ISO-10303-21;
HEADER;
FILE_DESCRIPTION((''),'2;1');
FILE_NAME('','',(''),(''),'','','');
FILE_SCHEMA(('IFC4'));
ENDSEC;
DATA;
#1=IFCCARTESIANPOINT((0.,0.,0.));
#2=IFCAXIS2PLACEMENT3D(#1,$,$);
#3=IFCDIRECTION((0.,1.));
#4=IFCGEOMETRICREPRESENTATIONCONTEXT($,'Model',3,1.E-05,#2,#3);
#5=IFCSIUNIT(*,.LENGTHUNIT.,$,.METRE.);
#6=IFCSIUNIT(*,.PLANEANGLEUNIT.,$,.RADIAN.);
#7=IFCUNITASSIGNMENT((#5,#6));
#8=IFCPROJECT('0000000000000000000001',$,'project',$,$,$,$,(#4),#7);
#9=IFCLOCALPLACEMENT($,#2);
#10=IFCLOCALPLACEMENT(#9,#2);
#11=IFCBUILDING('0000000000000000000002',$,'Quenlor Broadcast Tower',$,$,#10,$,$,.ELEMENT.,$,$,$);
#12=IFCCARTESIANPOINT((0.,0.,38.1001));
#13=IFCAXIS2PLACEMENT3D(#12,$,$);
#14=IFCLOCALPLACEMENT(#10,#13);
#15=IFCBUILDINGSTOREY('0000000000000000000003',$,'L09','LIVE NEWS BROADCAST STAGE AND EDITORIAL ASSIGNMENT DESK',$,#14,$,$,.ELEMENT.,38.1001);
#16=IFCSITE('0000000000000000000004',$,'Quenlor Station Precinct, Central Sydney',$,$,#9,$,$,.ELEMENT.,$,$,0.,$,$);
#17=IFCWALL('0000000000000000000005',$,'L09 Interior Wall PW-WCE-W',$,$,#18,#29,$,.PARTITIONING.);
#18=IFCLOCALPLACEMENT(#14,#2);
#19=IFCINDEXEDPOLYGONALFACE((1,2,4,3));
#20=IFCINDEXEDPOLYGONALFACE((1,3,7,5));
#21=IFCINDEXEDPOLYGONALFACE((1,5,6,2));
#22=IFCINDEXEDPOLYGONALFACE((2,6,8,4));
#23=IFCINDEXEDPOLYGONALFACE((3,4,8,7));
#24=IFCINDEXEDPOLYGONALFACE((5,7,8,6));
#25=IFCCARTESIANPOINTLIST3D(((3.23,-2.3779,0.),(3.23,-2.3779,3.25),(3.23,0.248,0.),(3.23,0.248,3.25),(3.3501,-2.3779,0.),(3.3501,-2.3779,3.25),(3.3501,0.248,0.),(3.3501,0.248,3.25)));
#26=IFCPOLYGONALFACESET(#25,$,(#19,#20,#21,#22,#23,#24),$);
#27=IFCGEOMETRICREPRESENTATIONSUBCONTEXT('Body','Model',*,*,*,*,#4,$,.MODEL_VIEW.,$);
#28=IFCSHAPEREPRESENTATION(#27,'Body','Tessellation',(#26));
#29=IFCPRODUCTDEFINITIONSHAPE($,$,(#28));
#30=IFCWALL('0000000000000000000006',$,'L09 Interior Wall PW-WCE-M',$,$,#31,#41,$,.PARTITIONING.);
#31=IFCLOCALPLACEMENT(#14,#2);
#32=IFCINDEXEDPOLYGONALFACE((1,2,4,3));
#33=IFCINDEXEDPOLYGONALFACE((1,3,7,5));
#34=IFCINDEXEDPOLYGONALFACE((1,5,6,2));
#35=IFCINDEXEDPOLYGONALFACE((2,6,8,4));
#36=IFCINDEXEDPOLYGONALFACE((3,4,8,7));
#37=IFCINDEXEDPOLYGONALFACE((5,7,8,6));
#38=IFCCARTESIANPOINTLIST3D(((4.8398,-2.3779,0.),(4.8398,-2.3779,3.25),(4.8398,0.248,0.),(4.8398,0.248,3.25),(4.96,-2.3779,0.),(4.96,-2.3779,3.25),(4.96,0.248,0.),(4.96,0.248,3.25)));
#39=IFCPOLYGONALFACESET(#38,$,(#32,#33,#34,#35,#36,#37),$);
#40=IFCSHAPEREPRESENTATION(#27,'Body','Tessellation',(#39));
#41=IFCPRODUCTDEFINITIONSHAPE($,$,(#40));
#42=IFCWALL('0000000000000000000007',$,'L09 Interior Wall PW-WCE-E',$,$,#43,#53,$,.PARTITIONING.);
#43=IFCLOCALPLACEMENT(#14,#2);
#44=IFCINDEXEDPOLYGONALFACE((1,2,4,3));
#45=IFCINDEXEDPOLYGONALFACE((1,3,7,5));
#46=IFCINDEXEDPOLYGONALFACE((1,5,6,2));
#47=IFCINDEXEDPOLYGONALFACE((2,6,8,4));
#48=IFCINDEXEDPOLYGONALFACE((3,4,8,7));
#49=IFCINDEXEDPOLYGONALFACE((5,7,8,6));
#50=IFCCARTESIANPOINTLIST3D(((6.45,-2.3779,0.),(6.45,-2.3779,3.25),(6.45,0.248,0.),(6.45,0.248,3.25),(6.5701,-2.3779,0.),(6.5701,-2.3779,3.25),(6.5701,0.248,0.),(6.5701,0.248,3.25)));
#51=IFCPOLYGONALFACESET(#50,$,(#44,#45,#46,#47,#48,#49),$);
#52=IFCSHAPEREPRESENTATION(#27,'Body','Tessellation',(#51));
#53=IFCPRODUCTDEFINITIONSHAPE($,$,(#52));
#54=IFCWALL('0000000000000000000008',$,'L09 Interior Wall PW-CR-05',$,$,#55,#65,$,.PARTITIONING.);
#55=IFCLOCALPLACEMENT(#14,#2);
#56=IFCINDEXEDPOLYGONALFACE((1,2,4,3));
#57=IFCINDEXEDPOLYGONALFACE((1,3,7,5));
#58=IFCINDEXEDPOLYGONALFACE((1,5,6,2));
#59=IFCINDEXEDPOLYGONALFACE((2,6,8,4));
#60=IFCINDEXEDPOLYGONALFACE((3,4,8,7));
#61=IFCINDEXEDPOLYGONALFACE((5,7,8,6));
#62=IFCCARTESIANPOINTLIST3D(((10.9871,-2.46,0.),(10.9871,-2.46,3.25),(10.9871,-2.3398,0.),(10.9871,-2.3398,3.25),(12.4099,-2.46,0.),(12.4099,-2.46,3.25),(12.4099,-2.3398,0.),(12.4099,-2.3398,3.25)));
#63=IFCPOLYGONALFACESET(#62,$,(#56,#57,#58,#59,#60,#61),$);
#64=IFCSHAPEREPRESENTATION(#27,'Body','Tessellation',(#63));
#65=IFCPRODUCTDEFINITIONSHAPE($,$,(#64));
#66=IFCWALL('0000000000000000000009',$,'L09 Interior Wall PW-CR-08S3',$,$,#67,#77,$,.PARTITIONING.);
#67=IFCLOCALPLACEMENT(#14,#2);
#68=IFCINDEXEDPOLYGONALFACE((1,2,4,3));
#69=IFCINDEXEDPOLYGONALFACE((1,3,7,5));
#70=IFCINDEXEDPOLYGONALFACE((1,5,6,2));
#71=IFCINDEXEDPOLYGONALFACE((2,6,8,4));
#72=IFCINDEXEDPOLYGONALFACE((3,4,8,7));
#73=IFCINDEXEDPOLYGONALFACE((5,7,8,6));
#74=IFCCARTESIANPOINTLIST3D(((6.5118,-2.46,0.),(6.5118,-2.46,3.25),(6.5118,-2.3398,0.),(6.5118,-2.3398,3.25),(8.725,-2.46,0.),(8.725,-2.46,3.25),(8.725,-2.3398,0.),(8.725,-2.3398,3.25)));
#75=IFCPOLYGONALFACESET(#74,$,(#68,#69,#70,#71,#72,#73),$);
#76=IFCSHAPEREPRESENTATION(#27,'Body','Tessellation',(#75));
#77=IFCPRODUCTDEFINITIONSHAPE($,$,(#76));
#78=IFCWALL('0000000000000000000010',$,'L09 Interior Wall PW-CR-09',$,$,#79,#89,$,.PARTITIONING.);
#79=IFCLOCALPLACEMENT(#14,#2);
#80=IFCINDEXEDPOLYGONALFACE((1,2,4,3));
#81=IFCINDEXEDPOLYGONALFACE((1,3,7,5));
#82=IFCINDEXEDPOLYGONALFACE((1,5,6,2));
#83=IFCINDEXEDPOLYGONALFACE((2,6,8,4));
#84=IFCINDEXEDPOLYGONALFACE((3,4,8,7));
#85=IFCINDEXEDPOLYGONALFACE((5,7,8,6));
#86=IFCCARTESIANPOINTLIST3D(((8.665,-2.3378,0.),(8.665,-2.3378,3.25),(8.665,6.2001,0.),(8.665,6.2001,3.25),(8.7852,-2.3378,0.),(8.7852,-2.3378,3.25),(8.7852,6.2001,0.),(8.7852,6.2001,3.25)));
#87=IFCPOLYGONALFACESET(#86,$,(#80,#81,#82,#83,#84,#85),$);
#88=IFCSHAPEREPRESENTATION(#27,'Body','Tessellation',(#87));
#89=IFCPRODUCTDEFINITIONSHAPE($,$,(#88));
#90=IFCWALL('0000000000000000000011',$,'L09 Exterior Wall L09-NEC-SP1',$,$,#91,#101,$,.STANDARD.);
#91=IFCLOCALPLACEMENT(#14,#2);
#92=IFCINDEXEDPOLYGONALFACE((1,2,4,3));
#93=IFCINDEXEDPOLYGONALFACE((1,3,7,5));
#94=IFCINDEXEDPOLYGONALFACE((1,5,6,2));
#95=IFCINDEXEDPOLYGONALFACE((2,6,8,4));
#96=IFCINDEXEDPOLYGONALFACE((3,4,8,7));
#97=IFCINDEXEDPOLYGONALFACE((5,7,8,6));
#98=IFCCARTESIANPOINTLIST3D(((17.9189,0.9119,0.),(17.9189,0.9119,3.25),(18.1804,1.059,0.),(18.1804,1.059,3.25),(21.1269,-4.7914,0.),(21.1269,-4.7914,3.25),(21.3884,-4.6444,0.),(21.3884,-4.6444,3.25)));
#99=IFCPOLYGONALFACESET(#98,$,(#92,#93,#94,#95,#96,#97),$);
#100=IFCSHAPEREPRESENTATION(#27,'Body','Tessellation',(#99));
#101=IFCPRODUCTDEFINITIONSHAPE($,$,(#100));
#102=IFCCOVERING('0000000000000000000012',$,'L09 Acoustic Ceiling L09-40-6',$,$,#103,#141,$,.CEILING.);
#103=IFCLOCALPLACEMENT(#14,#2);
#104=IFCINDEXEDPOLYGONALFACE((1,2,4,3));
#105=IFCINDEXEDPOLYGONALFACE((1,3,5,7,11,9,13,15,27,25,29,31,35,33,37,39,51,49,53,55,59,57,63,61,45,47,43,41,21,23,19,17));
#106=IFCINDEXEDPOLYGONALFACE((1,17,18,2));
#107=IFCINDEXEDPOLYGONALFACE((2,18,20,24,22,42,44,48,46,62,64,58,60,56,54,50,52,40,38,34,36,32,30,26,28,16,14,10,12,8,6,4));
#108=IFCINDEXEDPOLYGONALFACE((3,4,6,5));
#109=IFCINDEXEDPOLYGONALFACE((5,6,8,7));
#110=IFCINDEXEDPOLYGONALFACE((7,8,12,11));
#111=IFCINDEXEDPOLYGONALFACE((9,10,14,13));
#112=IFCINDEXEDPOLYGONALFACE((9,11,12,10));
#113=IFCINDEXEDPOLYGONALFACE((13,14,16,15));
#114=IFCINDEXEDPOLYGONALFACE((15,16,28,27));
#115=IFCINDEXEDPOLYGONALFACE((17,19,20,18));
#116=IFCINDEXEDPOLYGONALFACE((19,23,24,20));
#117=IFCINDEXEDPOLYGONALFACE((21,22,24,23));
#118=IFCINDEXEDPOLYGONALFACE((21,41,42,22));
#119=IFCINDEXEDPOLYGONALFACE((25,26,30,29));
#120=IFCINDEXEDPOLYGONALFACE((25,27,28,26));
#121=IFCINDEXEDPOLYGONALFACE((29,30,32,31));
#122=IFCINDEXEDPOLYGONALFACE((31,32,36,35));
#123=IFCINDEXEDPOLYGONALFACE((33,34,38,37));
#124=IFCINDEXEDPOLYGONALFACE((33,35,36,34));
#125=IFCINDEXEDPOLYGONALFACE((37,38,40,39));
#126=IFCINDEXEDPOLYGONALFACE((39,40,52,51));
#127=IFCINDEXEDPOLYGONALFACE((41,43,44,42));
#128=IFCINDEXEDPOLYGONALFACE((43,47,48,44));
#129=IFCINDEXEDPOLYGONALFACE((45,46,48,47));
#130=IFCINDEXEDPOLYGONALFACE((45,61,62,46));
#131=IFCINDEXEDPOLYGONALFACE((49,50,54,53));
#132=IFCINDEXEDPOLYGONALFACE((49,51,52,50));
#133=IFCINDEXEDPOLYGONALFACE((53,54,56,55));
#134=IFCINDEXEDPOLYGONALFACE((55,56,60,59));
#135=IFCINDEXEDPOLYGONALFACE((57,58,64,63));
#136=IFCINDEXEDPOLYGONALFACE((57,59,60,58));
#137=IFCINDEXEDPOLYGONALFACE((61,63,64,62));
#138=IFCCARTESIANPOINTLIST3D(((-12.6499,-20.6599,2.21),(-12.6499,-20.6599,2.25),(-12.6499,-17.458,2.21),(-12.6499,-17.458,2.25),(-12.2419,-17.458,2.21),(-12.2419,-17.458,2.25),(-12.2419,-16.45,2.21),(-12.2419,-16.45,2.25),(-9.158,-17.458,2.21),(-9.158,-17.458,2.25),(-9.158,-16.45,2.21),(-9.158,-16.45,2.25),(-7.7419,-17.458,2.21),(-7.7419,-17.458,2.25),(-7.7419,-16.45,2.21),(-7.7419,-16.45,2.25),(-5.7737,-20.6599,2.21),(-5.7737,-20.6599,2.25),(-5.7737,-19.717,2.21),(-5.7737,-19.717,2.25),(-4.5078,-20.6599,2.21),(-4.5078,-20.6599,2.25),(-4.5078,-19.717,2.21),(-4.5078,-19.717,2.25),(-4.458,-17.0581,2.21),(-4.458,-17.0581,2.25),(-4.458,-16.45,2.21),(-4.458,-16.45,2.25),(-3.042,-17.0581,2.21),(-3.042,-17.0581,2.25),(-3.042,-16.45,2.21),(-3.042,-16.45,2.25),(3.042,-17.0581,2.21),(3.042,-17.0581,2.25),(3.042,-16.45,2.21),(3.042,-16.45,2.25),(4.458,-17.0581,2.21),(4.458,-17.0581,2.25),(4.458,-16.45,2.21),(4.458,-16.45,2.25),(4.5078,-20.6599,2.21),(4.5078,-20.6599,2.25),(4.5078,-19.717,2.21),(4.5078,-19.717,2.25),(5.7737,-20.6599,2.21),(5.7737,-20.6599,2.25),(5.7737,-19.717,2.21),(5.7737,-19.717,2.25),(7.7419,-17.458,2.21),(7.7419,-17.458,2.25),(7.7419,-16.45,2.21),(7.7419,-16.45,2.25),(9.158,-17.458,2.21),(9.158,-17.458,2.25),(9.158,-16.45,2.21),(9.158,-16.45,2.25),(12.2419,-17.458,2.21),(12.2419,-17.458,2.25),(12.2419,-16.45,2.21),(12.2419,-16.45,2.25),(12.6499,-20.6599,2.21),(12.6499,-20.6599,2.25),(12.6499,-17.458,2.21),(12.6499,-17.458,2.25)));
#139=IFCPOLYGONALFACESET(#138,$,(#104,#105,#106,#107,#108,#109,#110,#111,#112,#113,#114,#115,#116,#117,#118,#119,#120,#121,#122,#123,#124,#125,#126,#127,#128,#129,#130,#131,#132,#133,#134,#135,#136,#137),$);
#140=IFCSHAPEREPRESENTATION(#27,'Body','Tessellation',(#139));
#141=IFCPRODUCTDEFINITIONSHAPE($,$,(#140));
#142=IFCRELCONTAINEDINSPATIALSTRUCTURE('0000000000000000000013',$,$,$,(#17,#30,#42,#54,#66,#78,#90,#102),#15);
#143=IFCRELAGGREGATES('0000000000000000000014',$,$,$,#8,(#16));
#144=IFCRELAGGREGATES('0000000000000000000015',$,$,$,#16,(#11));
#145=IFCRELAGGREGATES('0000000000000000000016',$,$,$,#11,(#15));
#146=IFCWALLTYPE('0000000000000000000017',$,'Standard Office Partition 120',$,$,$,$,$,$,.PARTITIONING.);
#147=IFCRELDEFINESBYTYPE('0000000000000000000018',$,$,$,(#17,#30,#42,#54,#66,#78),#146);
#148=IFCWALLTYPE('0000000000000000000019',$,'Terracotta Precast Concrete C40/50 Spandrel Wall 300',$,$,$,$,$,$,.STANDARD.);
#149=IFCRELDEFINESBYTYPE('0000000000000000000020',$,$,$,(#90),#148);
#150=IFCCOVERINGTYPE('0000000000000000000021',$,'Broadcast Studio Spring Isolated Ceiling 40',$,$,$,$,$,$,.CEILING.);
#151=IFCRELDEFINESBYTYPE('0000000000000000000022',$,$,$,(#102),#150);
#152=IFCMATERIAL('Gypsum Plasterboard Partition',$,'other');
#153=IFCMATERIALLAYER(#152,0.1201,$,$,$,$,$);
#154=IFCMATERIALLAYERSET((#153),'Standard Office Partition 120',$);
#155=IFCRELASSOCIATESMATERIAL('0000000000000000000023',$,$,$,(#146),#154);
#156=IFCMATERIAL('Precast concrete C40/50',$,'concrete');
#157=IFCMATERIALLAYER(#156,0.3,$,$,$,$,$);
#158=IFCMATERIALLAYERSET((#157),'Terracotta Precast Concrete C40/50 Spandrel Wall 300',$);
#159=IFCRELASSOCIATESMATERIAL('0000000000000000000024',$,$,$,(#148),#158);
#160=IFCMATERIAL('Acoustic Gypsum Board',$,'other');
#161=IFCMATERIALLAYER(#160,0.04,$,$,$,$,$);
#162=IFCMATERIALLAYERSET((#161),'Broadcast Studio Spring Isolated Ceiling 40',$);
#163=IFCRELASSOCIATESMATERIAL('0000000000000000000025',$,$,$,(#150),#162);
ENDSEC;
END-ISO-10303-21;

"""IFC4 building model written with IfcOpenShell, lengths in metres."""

from ifc_helpers import new_model, si_unit, direction, frame, frame_2d, origin, place, context, subcontext, project, spatial, polyline, rectangle, outline, extrude, material, layer, layer_set, type_object, element, save


model = new_model("IFC4")

# Units and contexts
model_context = context("Model", 3, precision=1e-05, world=origin(), true_north=direction((0.0, 1.0)))
body_context = subcontext(model_context, "Body", "Model", "MODEL_VIEW")
ifc_project = project(units=[si_unit("LENGTHUNIT", "METRE"), si_unit("PLANEANGLEUNIT", "RADIAN")], contexts=[model_context])

# Site, building, storey
site_placement = place(None, origin())
site = spatial("IfcSite", under=ifc_project, at=site_placement, Name="Quenlor Station Precinct, Central Sydney", CompositionType="ELEMENT", RefElevation=0.0)
building_placement = place(site_placement, origin())
building = spatial("IfcBuilding", under=site, at=building_placement, Name="Quenlor Broadcast Tower", CompositionType="ELEMENT")
storey_placement = place(building_placement, frame((0.0, 0.0, 38.1001)))
storey = spatial("IfcBuildingStorey", under=building, at=storey_placement, Name="L09", Description="LIVE NEWS BROADCAST STAGE AND EDITORIAL ASSIGNMENT DESK", CompositionType="ELEMENT", Elevation=38.1001)

# Shared definitions
ifc_material_1 = material(Name="Gypsum Plasterboard Partition", Category="other")
ifc_layer_1 = layer(ifc_material_1, 0.1201)
ifc_layer_set_1 = layer_set([ifc_layer_1], Name="Standard Office Partition 120")
wall_type_1 = type_object("IfcWallType", Name="Standard Office Partition 120", PredefinedType="PARTITIONING", material=ifc_layer_set_1)

# Walls
for number, where, z_axis, x_axis, name in (
    (1, (3.29, -2.3779, 0.0), (0.0, 0.0, 1.0), (0.0, 1.0, 0.0), "L09 Interior Wall PW-WCE-W"),
    (2, (4.8999, -2.3779, 0.0), (0.0, 0.0, 1.0), (0.0, 1.0, 0.0), "L09 Interior Wall PW-WCE-M"),
    (3, (6.51, -2.3779, 0.0), (0.0, 0.0, 1.0), (0.0, 1.0, 0.0), "L09 Interior Wall PW-WCE-E"),
):
    element("IfcWall", number, at=place(storey_placement, frame(where, z_axis=z_axis, x_axis=x_axis)), inside=storey, type_object=wall_type_1, Name=name, PredefinedType="PARTITIONING", context=body_context, shape_type="SweptSolid", body=[
        extrude(rectangle(XDim=2.626, YDim=0.1201, at=frame_2d((1.313, 0.0))), origin(), (0.0, 0.0, 1.0), 3.25),
    ])
wall_1_placement = place(storey_placement, frame((10.9871, -2.3999, 0.0), z_axis=(0.0, 0.0, 1.0), x_axis=(1.0, 0.0, 0.0)))
element("IfcWall", 4, at=wall_1_placement, inside=storey, type_object=wall_type_1, Name="L09 Interior Wall PW-CR-05", PredefinedType="PARTITIONING", context=body_context, shape_type="SweptSolid", body=[
    extrude(rectangle(XDim=1.4229, YDim=0.1201, at=frame_2d((0.7114, 0.0))), origin(), (0.0, 0.0, 1.0), 3.25),
])

# Walls
wall_2_placement = place(storey_placement, frame((6.512, -2.3999, 0.0), z_axis=(0.0, 0.0, 1.0), x_axis=(1.0, 0.0, 0.0)))
element("IfcWall", 5, at=wall_2_placement, inside=storey, type_object=wall_type_1, Name="L09 Interior Wall PW-CR-08S3", PredefinedType="PARTITIONING", context=body_context, shape_type="SweptSolid", body=[
    extrude(rectangle(XDim=2.2131, YDim=0.1201, at=frame_2d((1.1064, 0.0))), origin(), (0.0, 0.0, 1.0), 3.25),
])
wall_3_placement = place(storey_placement, frame((8.7251, -2.3379, 0.0), z_axis=(0.0, 0.0, 1.0), x_axis=(0.0, 1.0, 0.0)))
element("IfcWall", 6, at=wall_3_placement, inside=storey, type_object=wall_type_1, Name="L09 Interior Wall PW-CR-09", PredefinedType="PARTITIONING", context=body_context, shape_type="SweptSolid", body=[
    extrude(rectangle(XDim=8.5378, YDim=0.1201, at=frame_2d((4.269, 0.0))), origin(), (0.0, 0.0, 1.0), 3.25),
])
ifc_material_2 = material(Name="Precast concrete C40/50", Category="concrete")
ifc_layer_2 = layer(ifc_material_2, 0.3)
ifc_layer_set_2 = layer_set([ifc_layer_2], Name="Terracotta Precast Concrete C40/50 Spandrel Wall 300")
wall_type_2 = type_object("IfcWallType", Name="Terracotta Precast Concrete C40/50 Spandrel Wall 300", PredefinedType="STANDARD", material=ifc_layer_set_2)
wall_4_placement = place(storey_placement, frame((18.0496, 0.9856, 0.0), z_axis=(0.0, 0.0, 1.0), x_axis=(0.490245, -0.871585, 0.0)))
element("IfcWall", 7, at=wall_4_placement, inside=storey, type_object=wall_type_2, Name="L09 Exterior Wall L09-NEC-SP1", PredefinedType="STANDARD", context=body_context, shape_type="SweptSolid", body=[
    extrude(rectangle(XDim=6.5437, YDim=0.3, at=frame_2d((3.272, 0.0))), origin(), (0.0, 0.0, 1.0), 3.25),
])

# Covering
ifc_material_3 = material(Name="Acoustic Gypsum Board", Category="other")
ifc_layer_3 = layer(ifc_material_3, 0.04)
ifc_layer_set_3 = layer_set([ifc_layer_3], Name="Broadcast Studio Spring Isolated Ceiling 40")
covering_type = type_object("IfcCoveringType", Name="Broadcast Studio Spring Isolated Ceiling 40", PredefinedType="CEILING", material=ifc_layer_set_3)
covering_placement = place(storey_placement, frame((0.0, 0.0, 2.21)))
element("IfcCovering", 8, at=covering_placement, inside=storey, type_object=covering_type, Name="L09 Acoustic Ceiling L09-40-6", PredefinedType="CEILING", context=body_context, shape_type="SweptSolid", body=[
    extrude(outline(polyline([(-12.2419, -17.458), (-12.2419, -16.45), (-9.158, -16.45), (-9.158, -17.458), (-7.7419, -17.458), (-7.7419, -16.45), (-4.458, -16.45), (-4.458, -17.0581), (-3.042, -17.0581), (-3.042, -16.45), (3.042, -16.45), (3.042, -17.0581), (4.458, -17.0581), (4.458, -16.45), (7.7419, -16.45), (7.7419, -17.458), (9.158, -17.458), (9.158, -16.45), (12.2419, -16.45), (12.2419, -17.458), (12.6499, -17.458), (12.6499, -20.6599), (5.7737, -20.6599), (5.7737, -19.717), (4.5078, -19.717), (4.5078, -20.6599), (-4.5078, -20.6599), (-4.5078, -19.717), (-5.7737, -19.717), (-5.7737, -20.6599), (-12.6499, -20.6599), (-12.6499, -17.458), (-12.2419, -17.458)])), origin(), (0.0, 0.0, 1.0), 0.04),
])

save(model, "model.ifc")
